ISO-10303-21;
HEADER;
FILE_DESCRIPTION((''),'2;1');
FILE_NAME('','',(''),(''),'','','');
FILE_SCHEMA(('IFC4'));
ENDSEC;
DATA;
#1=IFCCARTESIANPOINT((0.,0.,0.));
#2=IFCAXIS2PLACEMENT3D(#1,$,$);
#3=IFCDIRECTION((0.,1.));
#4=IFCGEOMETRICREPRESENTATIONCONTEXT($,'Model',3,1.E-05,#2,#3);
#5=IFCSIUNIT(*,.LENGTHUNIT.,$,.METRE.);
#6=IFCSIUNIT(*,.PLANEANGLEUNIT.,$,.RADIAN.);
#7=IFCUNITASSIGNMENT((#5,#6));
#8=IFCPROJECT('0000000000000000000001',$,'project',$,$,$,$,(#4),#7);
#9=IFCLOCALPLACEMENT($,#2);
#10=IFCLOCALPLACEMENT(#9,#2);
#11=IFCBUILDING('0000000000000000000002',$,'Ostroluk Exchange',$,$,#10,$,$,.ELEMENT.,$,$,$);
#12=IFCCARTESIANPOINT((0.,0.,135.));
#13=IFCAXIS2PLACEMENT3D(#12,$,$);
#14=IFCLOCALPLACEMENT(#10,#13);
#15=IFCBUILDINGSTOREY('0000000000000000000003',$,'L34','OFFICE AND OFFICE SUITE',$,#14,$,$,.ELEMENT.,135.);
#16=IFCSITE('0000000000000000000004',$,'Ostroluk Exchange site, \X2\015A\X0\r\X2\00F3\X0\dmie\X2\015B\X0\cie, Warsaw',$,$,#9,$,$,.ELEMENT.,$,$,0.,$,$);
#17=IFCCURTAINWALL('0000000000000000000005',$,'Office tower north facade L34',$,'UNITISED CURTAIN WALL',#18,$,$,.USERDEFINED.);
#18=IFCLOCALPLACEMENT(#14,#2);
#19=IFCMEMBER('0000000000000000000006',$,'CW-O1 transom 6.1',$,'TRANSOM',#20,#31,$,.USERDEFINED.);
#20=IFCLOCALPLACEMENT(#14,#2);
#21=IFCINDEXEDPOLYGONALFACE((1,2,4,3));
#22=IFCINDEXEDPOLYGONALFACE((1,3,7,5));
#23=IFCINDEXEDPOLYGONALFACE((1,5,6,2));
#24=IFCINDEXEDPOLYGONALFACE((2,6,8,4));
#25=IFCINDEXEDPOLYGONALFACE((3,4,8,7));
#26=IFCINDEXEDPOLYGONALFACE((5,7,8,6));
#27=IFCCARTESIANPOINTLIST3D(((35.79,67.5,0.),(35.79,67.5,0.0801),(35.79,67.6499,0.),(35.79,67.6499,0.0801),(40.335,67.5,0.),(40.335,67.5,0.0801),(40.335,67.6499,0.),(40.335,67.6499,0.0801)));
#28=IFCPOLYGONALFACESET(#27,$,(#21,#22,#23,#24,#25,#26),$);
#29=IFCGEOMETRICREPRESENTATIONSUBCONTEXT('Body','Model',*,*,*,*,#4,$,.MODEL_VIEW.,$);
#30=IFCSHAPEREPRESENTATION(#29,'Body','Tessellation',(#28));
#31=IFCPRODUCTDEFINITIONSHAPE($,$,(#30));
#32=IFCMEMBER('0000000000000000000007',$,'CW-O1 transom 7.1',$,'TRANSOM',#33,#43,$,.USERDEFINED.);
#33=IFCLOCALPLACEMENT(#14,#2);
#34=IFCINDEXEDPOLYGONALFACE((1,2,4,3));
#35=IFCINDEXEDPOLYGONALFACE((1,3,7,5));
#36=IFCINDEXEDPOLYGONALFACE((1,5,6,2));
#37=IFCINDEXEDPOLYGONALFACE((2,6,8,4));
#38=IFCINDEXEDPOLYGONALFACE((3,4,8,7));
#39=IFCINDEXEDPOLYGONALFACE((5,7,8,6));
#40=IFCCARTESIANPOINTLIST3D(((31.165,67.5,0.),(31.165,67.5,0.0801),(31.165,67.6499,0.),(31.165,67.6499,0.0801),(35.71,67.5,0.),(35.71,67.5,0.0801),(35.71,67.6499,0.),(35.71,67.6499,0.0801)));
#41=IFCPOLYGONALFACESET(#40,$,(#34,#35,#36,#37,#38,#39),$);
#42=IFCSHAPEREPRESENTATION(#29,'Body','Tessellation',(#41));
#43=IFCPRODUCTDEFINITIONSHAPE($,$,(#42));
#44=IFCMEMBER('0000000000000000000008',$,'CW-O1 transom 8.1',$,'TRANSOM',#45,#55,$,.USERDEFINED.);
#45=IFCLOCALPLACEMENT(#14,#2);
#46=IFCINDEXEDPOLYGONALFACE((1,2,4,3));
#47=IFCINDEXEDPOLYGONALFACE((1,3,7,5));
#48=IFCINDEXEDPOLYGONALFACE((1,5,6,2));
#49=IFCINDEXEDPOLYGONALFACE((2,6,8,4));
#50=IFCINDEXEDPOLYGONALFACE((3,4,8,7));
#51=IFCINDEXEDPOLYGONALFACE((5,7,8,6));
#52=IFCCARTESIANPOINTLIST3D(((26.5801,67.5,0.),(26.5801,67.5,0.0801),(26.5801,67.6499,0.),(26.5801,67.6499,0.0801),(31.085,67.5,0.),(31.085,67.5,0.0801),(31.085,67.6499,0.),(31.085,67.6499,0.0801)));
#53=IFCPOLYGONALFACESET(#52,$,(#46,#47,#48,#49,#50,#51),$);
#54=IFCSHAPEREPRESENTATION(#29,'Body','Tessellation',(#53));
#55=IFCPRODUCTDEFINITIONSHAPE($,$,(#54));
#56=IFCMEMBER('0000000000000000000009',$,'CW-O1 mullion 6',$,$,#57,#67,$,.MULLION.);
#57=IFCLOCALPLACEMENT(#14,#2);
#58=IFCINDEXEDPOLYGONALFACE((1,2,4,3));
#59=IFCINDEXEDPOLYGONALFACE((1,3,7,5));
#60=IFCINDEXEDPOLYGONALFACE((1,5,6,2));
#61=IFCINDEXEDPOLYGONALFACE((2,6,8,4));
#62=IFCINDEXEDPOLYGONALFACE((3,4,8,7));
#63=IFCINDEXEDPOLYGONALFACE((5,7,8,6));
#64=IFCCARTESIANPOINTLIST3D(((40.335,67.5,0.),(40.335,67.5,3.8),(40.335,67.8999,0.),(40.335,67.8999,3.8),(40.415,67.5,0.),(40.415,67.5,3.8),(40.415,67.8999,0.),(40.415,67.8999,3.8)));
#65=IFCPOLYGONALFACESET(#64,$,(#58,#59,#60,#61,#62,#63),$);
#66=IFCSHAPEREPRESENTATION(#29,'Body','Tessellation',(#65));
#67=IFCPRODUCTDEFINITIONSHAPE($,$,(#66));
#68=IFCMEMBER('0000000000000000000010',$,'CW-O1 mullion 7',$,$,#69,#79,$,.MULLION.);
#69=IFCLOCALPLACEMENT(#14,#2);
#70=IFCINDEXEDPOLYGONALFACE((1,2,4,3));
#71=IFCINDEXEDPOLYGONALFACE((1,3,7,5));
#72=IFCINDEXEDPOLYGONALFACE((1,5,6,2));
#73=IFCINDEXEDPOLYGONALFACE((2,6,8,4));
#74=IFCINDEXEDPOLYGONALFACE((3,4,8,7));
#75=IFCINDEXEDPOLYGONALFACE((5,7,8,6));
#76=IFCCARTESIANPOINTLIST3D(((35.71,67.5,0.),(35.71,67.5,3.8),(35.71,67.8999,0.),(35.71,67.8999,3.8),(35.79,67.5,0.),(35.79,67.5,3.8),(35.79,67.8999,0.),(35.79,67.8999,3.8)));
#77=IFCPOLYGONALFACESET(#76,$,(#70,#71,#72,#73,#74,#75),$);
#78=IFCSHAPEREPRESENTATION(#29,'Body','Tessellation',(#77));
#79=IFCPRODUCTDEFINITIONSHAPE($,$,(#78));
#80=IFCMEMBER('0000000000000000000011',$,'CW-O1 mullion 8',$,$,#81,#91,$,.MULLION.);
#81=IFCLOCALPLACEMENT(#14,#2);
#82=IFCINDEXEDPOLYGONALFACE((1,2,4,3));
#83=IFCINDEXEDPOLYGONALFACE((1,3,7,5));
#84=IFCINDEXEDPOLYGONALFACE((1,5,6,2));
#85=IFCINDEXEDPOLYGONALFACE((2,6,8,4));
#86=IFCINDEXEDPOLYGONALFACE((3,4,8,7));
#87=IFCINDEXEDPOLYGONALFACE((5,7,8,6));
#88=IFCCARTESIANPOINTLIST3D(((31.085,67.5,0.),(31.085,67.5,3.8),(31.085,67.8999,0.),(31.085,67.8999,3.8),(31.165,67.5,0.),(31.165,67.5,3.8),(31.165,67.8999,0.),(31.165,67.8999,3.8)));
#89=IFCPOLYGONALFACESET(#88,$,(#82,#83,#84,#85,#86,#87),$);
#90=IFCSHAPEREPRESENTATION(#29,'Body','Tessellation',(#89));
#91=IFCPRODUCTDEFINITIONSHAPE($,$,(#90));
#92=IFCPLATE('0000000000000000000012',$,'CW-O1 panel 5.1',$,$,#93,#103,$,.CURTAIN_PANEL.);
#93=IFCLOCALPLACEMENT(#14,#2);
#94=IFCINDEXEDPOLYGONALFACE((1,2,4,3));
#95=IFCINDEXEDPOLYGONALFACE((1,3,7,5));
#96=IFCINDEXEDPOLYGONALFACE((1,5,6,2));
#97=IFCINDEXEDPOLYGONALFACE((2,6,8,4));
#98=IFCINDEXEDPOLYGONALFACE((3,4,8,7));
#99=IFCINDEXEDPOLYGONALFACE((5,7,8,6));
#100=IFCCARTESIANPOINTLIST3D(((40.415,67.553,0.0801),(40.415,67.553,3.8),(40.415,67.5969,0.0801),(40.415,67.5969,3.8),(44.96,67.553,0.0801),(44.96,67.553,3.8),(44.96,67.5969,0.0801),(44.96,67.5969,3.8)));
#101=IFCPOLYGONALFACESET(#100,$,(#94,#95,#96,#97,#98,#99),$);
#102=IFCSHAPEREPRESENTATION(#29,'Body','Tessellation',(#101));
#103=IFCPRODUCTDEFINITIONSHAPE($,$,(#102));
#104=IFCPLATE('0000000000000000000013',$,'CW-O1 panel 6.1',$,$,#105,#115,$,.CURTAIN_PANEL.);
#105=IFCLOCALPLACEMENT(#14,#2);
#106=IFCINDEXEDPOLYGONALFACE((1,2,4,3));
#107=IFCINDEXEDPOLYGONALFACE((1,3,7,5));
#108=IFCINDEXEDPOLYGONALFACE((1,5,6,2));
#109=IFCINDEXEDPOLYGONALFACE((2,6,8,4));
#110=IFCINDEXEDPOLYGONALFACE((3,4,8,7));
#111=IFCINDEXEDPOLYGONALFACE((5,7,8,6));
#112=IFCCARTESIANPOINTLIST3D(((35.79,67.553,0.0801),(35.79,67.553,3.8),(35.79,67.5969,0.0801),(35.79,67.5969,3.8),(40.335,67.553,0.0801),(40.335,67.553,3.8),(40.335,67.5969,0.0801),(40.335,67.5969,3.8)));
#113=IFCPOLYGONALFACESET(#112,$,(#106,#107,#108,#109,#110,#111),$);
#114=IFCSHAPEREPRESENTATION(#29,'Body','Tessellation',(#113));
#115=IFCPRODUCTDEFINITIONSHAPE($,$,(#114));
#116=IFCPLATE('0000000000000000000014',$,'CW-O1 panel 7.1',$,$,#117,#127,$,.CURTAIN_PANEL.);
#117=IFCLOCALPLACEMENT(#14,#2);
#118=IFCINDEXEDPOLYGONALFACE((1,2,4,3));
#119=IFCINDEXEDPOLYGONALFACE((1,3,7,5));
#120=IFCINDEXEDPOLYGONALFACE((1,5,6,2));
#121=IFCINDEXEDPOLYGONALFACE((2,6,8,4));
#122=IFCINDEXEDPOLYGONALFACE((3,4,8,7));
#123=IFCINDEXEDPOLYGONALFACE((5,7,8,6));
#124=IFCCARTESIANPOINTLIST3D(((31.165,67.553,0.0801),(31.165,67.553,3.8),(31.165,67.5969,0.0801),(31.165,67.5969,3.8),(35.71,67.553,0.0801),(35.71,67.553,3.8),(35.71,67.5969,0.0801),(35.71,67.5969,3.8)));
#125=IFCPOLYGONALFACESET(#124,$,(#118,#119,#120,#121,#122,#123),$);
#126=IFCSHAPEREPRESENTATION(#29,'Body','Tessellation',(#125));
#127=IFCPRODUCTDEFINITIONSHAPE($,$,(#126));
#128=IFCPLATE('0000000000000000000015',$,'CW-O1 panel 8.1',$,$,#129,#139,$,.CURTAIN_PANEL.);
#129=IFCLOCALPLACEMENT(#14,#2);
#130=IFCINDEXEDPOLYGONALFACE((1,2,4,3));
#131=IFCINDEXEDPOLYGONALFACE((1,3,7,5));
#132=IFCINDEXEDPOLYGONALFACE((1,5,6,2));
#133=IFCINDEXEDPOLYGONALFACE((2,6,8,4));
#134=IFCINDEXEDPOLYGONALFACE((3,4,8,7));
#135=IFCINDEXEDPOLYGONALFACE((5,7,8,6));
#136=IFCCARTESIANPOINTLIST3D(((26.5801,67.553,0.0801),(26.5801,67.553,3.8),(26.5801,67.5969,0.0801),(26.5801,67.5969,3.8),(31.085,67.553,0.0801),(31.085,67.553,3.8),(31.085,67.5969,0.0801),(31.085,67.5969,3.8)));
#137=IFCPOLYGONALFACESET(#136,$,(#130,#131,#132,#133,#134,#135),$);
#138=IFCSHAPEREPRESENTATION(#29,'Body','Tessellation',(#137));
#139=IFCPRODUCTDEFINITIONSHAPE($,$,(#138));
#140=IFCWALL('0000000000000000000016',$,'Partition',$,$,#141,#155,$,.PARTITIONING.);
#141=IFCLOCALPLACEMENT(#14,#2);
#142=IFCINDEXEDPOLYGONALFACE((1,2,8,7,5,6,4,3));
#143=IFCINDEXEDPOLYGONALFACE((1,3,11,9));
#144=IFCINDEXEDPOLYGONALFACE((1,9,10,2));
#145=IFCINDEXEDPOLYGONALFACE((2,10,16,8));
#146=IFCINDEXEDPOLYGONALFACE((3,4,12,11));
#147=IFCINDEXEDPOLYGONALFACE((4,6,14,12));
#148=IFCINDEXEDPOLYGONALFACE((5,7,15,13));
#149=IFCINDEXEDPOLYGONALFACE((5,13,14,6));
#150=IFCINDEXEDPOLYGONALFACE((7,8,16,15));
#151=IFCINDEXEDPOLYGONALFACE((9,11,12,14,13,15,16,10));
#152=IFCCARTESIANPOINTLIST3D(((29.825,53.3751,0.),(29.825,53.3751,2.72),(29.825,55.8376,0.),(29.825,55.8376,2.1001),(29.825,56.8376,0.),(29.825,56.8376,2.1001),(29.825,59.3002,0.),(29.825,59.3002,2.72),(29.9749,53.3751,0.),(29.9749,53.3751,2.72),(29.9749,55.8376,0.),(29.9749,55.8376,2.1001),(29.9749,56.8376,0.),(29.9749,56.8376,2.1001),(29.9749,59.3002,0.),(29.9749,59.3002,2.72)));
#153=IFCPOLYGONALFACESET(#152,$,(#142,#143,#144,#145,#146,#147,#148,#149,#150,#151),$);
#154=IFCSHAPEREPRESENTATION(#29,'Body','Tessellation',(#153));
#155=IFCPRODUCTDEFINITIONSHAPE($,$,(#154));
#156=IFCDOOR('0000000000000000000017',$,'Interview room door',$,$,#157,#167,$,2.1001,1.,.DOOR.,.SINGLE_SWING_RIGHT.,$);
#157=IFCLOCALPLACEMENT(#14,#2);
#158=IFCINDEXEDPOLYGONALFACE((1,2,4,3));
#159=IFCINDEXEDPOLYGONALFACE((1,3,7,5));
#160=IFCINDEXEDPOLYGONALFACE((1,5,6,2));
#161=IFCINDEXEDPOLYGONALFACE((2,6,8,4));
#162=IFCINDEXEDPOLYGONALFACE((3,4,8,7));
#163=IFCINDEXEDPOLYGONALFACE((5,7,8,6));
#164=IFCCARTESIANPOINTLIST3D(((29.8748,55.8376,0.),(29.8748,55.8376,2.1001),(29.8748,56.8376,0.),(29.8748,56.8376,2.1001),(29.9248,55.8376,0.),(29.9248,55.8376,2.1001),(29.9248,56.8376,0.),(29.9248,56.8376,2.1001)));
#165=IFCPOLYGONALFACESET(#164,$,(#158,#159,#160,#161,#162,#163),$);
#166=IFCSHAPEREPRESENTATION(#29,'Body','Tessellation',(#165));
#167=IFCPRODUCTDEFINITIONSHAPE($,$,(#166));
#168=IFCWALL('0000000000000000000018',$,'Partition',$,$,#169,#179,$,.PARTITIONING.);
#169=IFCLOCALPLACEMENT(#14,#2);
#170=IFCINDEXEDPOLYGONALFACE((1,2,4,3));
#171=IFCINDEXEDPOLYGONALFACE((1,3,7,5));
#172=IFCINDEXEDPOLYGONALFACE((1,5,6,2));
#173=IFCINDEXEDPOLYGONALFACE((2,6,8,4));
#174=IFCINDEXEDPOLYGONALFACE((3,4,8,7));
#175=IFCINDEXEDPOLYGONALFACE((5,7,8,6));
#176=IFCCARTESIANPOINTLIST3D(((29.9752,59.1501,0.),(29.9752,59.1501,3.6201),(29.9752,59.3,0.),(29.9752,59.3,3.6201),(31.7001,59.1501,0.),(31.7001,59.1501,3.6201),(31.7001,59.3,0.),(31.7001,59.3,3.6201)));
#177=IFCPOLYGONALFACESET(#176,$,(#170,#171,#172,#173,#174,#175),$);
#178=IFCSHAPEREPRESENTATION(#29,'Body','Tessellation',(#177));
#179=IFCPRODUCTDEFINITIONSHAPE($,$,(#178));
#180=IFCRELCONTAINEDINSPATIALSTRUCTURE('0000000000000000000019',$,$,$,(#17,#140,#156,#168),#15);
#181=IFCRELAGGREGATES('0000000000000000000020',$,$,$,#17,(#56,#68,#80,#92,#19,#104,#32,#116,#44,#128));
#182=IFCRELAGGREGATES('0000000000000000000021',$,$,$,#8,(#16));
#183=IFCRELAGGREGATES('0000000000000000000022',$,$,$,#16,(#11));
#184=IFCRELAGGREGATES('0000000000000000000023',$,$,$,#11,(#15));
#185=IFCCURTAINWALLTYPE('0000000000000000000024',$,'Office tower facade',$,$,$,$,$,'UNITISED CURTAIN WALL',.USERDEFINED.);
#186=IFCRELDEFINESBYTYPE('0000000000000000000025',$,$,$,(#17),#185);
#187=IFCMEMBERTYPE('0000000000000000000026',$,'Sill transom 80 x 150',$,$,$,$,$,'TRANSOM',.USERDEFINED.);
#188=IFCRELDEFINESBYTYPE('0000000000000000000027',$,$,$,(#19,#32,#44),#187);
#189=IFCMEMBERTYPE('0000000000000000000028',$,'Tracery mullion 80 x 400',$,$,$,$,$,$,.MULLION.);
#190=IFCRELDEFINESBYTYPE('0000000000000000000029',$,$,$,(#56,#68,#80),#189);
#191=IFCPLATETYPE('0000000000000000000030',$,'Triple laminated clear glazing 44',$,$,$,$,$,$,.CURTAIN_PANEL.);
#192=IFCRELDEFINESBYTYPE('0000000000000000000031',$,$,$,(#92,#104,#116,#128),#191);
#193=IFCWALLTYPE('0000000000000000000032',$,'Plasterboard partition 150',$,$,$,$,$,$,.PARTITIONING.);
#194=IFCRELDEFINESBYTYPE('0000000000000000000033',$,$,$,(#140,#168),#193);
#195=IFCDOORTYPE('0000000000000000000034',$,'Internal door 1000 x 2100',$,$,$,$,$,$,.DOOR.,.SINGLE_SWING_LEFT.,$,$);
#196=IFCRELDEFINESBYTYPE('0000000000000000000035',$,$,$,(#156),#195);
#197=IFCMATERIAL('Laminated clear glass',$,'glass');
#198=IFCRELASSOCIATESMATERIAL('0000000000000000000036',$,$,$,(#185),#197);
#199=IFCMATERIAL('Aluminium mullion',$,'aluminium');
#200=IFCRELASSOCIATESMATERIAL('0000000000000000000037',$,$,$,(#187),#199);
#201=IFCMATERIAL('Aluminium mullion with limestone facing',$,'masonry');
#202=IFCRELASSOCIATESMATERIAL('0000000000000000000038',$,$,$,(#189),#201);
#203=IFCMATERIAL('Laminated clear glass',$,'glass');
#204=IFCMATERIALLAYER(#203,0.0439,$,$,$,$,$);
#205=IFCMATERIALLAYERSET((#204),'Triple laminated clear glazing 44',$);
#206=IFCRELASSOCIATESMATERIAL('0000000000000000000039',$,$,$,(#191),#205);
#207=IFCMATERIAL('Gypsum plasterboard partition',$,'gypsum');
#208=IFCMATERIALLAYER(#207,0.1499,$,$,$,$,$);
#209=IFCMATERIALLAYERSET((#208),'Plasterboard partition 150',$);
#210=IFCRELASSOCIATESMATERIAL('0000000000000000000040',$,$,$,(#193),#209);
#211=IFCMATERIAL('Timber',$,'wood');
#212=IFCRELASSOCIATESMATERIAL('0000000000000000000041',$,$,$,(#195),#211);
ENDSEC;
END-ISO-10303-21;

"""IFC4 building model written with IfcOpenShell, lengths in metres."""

from ifc_helpers import new_model, si_unit, direction, frame, frame_2d, origin, origin_2d, place, context, subcontext, project, spatial, rectangle, extrude, material, layer, layer_set, material_profile, profile_set, type_object, element, fill, aggregate, save


model = new_model("IFC4")

# Units and contexts
model_context = context("Model", 3, precision=1e-05, world=origin(), true_north=direction((0.0, 1.0)))
body_context = subcontext(model_context, "Body", "Model", "MODEL_VIEW")
ifc_project = project(units=[si_unit("LENGTHUNIT", "METRE"), si_unit("PLANEANGLEUNIT", "RADIAN")], contexts=[model_context])

# Site, building, storey
site_placement = place(None, origin())
site = spatial("IfcSite", under=ifc_project, at=site_placement, Name="Ostroluk Exchange site, Śródmieście, Warsaw", CompositionType="ELEMENT", RefElevation=0.0)
building_placement = place(site_placement, origin())
building = spatial("IfcBuilding", under=site, at=building_placement, Name="Ostroluk Exchange", CompositionType="ELEMENT")
storey_placement = place(building_placement, frame((0.0, 0.0, 135.0)))
storey = spatial("IfcBuildingStorey", under=building, at=storey_placement, Name="L34", Description="OFFICE AND OFFICE SUITE", CompositionType="ELEMENT", Elevation=135.0)

# Curtain wall, members, plates
ifc_material_1 = material(Name="Laminated clear glass", Category="glass")
curtain_wall_type = type_object("IfcCurtainWallType", Name="Office tower facade", ElementType="UNITISED CURTAIN WALL", PredefinedType="USERDEFINED", material=ifc_material_1)
curtain_wall_placement = place(storey_placement, origin())
curtain_wall = element("IfcCurtainWall", 1, at=curtain_wall_placement, inside=storey, type_object=curtain_wall_type, Name="Office tower north facade L34", ObjectType="UNITISED CURTAIN WALL", PredefinedType="USERDEFINED")
ifc_material_2 = material(Name="Aluminium mullion", Category="aluminium")
ifc_material_profile_1 = material_profile(ifc_material_2, rectangle(XDim=0.1499, YDim=0.0801, at=origin_2d()), Name="Sill transom 80 x 150")
ifc_profile_set_1 = profile_set([ifc_material_profile_1], Name="Aluminium mullion")
member_type_1 = type_object("IfcMemberType", Name="Sill transom 80 x 150", ElementType="TRANSOM", PredefinedType="USERDEFINED", material=ifc_profile_set_1)
member_1_placement = place(storey_placement, frame((40.335, 67.575, 0.04), z_axis=(-1.0, 0.0, 0.0), x_axis=(0.0, -1.0, 0.0)))
member_1 = element("IfcMember", 2, at=member_1_placement, type_object=member_type_1, Name="CW-O1 transom 6.1", ObjectType="TRANSOM", PredefinedType="USERDEFINED", context=body_context, shape_type="SweptSolid", body=[
    extrude(rectangle(XDim=0.1499, YDim=0.0801, at=origin_2d()), origin(), (0.0, 0.0, 1.0), 4.5449),
])
member_2_placement = place(storey_placement, frame((35.71, 67.575, 0.04), z_axis=(-1.0, 0.0, 0.0), x_axis=(0.0, -1.0, 0.0)))
member_2 = element("IfcMember", 3, at=member_2_placement, type_object=member_type_1, Name="CW-O1 transom 7.1", ObjectType="TRANSOM", PredefinedType="USERDEFINED", context=body_context, shape_type="SweptSolid", body=[
    extrude(rectangle(XDim=0.1499, YDim=0.0801, at=origin_2d()), origin(), (0.0, 0.0, 1.0), 4.5449),
])
member_3_placement = place(storey_placement, frame((31.085, 67.575, 0.04), z_axis=(-1.0, 0.0, 0.0), x_axis=(0.0, -1.0, 0.0)))
member_3 = element("IfcMember", 4, at=member_3_placement, type_object=member_type_1, Name="CW-O1 transom 8.1", ObjectType="TRANSOM", PredefinedType="USERDEFINED", context=body_context, shape_type="SweptSolid", body=[
    extrude(rectangle(XDim=0.1499, YDim=0.0801, at=origin_2d()), origin(), (0.0, 0.0, 1.0), 4.5049),
])
ifc_material_3 = material(Name="Aluminium mullion with limestone facing", Category="masonry")
ifc_material_profile_2 = material_profile(ifc_material_3, rectangle(XDim=0.3999, YDim=0.0801, at=origin_2d()), Name="Tracery mullion 80 x 400")
ifc_profile_set_2 = profile_set([ifc_material_profile_2], Name="Aluminium mullion with limestone facing")
member_type_2 = type_object("IfcMemberType", Name="Tracery mullion 80 x 400", PredefinedType="MULLION", material=ifc_profile_set_2)
member_4_placement = place(storey_placement, frame((40.375, 67.7, 0.0), z_axis=(0.0, 0.0, 1.0), x_axis=(0.0, -1.0, 0.0)))
member_4 = element("IfcMember", 5, at=member_4_placement, type_object=member_type_2, Name="CW-O1 mullion 6", PredefinedType="MULLION", context=body_context, shape_type="SweptSolid", body=[
    extrude(rectangle(XDim=0.3999, YDim=0.0801, at=origin_2d()), origin(), (0.0, 0.0, 1.0), 3.8),
])
member_5_placement = place(storey_placement, frame((35.75, 67.7, 0.0), z_axis=(0.0, 0.0, 1.0), x_axis=(0.0, -1.0, 0.0)))
member_5 = element("IfcMember", 6, at=member_5_placement, type_object=member_type_2, Name="CW-O1 mullion 7", PredefinedType="MULLION", context=body_context, shape_type="SweptSolid", body=[
    extrude(rectangle(XDim=0.3999, YDim=0.0801, at=origin_2d()), origin(), (0.0, 0.0, 1.0), 3.8),
])
member_6_placement = place(storey_placement, frame((31.125, 67.7, 0.0), z_axis=(0.0, 0.0, 1.0), x_axis=(0.0, -1.0, 0.0)))
member_6 = element("IfcMember", 7, at=member_6_placement, type_object=member_type_2, Name="CW-O1 mullion 8", PredefinedType="MULLION", context=body_context, shape_type="SweptSolid", body=[
    extrude(rectangle(XDim=0.3999, YDim=0.0801, at=origin_2d()), origin(), (0.0, 0.0, 1.0), 3.8),
])
ifc_material_4 = material(Name="Laminated clear glass", Category="glass")
ifc_layer_1 = layer(ifc_material_4, 0.0439)
ifc_layer_set_1 = layer_set([ifc_layer_1], Name="Triple laminated clear glazing 44")
plate_type = type_object("IfcPlateType", Name="Triple laminated clear glazing 44", PredefinedType="CURTAIN_PANEL", material=ifc_layer_set_1)
plate_1_placement = place(storey_placement, frame((42.6875, 67.575, 0.0801), z_axis=(0.0, 0.0, 1.0), x_axis=(-1.0, 0.0, 0.0)))
plate_1 = element("IfcPlate", 8, at=plate_1_placement, type_object=plate_type, Name="CW-O1 panel 5.1", PredefinedType="CURTAIN_PANEL", context=body_context, shape_type="SweptSolid", body=[
    extrude(rectangle(XDim=4.5449, YDim=0.0439, at=origin_2d()), origin(), (0.0, 0.0, 1.0), 3.72),
])
plate_2_placement = place(storey_placement, frame((38.0625, 67.575, 0.0801), z_axis=(0.0, 0.0, 1.0), x_axis=(-1.0, 0.0, 0.0)))
plate_2 = element("IfcPlate", 9, at=plate_2_placement, type_object=plate_type, Name="CW-O1 panel 6.1", PredefinedType="CURTAIN_PANEL", context=body_context, shape_type="SweptSolid", body=[
    extrude(rectangle(XDim=4.5449, YDim=0.0439, at=origin_2d()), origin(), (0.0, 0.0, 1.0), 3.72),
])
plate_3_placement = place(storey_placement, frame((33.4375, 67.575, 0.0801), z_axis=(0.0, 0.0, 1.0), x_axis=(-1.0, 0.0, 0.0)))
plate_3 = element("IfcPlate", 10, at=plate_3_placement, type_object=plate_type, Name="CW-O1 panel 7.1", PredefinedType="CURTAIN_PANEL", context=body_context, shape_type="SweptSolid", body=[
    extrude(rectangle(XDim=4.5449, YDim=0.0439, at=origin_2d()), origin(), (0.0, 0.0, 1.0), 3.72),
])
plate_4_placement = place(storey_placement, frame((28.8325, 67.575, 0.0801), z_axis=(0.0, 0.0, 1.0), x_axis=(-1.0, 0.0, 0.0)))
plate_4 = element("IfcPlate", 11, at=plate_4_placement, type_object=plate_type, Name="CW-O1 panel 8.1", PredefinedType="CURTAIN_PANEL", context=body_context, shape_type="SweptSolid", body=[
    extrude(rectangle(XDim=4.5049, YDim=0.0439, at=origin_2d()), origin(), (0.0, 0.0, 1.0), 3.72),
])
aggregate(curtain_wall, [member_4, member_5, member_6, plate_1, member_1, plate_2, member_2, plate_3, member_3, plate_4])

# Wall, opening, door
ifc_material_5 = material(Name="Gypsum plasterboard partition", Category="gypsum")
ifc_layer_2 = layer(ifc_material_5, 0.1499)
ifc_layer_set_2 = layer_set([ifc_layer_2], Name="Plasterboard partition 150")
wall_type = type_object("IfcWallType", Name="Plasterboard partition 150", PredefinedType="PARTITIONING", material=ifc_layer_set_2)
wall_1_placement = place(storey_placement, frame((29.8999, 59.3, 0.0), z_axis=(0.0, 0.0, 1.0), x_axis=(0.0, -1.0, 0.0)))
wall_1 = element("IfcWall", 12, at=wall_1_placement, inside=storey, type_object=wall_type, Name="Partition", PredefinedType="PARTITIONING", context=body_context, shape_type="SweptSolid", body=[
    extrude(rectangle(XDim=5.925, YDim=0.1499, at=frame_2d((2.9624, 0.0))), origin(), (0.0, 0.0, 1.0), 2.72),
])
opening_placement = place(wall_1_placement, frame((2.4624, 0.0, 0.0)))
opening = element("IfcOpeningElement", 13, at=opening_placement, cuts=wall_1, PredefinedType="OPENING", context=body_context, shape_type="SweptSolid", body=[
    extrude(rectangle(XDim=1.0, YDim=2.1001, at=frame_2d((0.5, 1.05))), frame((0.0, 0.085, 0.0), z_axis=(0.0, -1.0, 0.0), x_axis=(1.0, 0.0, 0.0)), (0.0, 0.0, 1.0), 0.1699),
])
ifc_material_6 = material(Name="Timber", Category="wood")
door_type = type_object("IfcDoorType", Name="Internal door 1000 x 2100", OperationType="SINGLE_SWING_LEFT", PredefinedType="DOOR", material=ifc_material_6)
door_placement = place(opening_placement, origin())
door = element("IfcDoor", 14, at=door_placement, inside=storey, type_object=door_type, Name="Interview room door", OperationType="SINGLE_SWING_RIGHT", OverallHeight=2.1001, OverallWidth=1.0, PredefinedType="DOOR", context=body_context, shape_type="SweptSolid", body=[
    extrude(rectangle(XDim=1.0, YDim=2.1001, at=frame_2d((0.5, 1.05))), frame((0.0, 0.0249, 0.0), z_axis=(0.0, -1.0, 0.0), x_axis=(1.0, 0.0, 0.0)), (0.0, 0.0, 1.0), 0.05),
])
fill(opening, door)

# Wall
wall_2_placement = place(storey_placement, frame((31.7, 59.2251, 0.0), z_axis=(0.0, 0.0, 1.0), x_axis=(-1.0, 0.0, 0.0)))
element("IfcWall", 15, at=wall_2_placement, inside=storey, type_object=wall_type, Name="Partition", PredefinedType="PARTITIONING", context=body_context, shape_type="SweptSolid", body=[
    extrude(rectangle(XDim=1.7249, YDim=0.1499, at=frame_2d((0.8623, 0.0))), origin(), (0.0, 0.0, 1.0), 3.6201),
])

save(model, "model.ifc")
